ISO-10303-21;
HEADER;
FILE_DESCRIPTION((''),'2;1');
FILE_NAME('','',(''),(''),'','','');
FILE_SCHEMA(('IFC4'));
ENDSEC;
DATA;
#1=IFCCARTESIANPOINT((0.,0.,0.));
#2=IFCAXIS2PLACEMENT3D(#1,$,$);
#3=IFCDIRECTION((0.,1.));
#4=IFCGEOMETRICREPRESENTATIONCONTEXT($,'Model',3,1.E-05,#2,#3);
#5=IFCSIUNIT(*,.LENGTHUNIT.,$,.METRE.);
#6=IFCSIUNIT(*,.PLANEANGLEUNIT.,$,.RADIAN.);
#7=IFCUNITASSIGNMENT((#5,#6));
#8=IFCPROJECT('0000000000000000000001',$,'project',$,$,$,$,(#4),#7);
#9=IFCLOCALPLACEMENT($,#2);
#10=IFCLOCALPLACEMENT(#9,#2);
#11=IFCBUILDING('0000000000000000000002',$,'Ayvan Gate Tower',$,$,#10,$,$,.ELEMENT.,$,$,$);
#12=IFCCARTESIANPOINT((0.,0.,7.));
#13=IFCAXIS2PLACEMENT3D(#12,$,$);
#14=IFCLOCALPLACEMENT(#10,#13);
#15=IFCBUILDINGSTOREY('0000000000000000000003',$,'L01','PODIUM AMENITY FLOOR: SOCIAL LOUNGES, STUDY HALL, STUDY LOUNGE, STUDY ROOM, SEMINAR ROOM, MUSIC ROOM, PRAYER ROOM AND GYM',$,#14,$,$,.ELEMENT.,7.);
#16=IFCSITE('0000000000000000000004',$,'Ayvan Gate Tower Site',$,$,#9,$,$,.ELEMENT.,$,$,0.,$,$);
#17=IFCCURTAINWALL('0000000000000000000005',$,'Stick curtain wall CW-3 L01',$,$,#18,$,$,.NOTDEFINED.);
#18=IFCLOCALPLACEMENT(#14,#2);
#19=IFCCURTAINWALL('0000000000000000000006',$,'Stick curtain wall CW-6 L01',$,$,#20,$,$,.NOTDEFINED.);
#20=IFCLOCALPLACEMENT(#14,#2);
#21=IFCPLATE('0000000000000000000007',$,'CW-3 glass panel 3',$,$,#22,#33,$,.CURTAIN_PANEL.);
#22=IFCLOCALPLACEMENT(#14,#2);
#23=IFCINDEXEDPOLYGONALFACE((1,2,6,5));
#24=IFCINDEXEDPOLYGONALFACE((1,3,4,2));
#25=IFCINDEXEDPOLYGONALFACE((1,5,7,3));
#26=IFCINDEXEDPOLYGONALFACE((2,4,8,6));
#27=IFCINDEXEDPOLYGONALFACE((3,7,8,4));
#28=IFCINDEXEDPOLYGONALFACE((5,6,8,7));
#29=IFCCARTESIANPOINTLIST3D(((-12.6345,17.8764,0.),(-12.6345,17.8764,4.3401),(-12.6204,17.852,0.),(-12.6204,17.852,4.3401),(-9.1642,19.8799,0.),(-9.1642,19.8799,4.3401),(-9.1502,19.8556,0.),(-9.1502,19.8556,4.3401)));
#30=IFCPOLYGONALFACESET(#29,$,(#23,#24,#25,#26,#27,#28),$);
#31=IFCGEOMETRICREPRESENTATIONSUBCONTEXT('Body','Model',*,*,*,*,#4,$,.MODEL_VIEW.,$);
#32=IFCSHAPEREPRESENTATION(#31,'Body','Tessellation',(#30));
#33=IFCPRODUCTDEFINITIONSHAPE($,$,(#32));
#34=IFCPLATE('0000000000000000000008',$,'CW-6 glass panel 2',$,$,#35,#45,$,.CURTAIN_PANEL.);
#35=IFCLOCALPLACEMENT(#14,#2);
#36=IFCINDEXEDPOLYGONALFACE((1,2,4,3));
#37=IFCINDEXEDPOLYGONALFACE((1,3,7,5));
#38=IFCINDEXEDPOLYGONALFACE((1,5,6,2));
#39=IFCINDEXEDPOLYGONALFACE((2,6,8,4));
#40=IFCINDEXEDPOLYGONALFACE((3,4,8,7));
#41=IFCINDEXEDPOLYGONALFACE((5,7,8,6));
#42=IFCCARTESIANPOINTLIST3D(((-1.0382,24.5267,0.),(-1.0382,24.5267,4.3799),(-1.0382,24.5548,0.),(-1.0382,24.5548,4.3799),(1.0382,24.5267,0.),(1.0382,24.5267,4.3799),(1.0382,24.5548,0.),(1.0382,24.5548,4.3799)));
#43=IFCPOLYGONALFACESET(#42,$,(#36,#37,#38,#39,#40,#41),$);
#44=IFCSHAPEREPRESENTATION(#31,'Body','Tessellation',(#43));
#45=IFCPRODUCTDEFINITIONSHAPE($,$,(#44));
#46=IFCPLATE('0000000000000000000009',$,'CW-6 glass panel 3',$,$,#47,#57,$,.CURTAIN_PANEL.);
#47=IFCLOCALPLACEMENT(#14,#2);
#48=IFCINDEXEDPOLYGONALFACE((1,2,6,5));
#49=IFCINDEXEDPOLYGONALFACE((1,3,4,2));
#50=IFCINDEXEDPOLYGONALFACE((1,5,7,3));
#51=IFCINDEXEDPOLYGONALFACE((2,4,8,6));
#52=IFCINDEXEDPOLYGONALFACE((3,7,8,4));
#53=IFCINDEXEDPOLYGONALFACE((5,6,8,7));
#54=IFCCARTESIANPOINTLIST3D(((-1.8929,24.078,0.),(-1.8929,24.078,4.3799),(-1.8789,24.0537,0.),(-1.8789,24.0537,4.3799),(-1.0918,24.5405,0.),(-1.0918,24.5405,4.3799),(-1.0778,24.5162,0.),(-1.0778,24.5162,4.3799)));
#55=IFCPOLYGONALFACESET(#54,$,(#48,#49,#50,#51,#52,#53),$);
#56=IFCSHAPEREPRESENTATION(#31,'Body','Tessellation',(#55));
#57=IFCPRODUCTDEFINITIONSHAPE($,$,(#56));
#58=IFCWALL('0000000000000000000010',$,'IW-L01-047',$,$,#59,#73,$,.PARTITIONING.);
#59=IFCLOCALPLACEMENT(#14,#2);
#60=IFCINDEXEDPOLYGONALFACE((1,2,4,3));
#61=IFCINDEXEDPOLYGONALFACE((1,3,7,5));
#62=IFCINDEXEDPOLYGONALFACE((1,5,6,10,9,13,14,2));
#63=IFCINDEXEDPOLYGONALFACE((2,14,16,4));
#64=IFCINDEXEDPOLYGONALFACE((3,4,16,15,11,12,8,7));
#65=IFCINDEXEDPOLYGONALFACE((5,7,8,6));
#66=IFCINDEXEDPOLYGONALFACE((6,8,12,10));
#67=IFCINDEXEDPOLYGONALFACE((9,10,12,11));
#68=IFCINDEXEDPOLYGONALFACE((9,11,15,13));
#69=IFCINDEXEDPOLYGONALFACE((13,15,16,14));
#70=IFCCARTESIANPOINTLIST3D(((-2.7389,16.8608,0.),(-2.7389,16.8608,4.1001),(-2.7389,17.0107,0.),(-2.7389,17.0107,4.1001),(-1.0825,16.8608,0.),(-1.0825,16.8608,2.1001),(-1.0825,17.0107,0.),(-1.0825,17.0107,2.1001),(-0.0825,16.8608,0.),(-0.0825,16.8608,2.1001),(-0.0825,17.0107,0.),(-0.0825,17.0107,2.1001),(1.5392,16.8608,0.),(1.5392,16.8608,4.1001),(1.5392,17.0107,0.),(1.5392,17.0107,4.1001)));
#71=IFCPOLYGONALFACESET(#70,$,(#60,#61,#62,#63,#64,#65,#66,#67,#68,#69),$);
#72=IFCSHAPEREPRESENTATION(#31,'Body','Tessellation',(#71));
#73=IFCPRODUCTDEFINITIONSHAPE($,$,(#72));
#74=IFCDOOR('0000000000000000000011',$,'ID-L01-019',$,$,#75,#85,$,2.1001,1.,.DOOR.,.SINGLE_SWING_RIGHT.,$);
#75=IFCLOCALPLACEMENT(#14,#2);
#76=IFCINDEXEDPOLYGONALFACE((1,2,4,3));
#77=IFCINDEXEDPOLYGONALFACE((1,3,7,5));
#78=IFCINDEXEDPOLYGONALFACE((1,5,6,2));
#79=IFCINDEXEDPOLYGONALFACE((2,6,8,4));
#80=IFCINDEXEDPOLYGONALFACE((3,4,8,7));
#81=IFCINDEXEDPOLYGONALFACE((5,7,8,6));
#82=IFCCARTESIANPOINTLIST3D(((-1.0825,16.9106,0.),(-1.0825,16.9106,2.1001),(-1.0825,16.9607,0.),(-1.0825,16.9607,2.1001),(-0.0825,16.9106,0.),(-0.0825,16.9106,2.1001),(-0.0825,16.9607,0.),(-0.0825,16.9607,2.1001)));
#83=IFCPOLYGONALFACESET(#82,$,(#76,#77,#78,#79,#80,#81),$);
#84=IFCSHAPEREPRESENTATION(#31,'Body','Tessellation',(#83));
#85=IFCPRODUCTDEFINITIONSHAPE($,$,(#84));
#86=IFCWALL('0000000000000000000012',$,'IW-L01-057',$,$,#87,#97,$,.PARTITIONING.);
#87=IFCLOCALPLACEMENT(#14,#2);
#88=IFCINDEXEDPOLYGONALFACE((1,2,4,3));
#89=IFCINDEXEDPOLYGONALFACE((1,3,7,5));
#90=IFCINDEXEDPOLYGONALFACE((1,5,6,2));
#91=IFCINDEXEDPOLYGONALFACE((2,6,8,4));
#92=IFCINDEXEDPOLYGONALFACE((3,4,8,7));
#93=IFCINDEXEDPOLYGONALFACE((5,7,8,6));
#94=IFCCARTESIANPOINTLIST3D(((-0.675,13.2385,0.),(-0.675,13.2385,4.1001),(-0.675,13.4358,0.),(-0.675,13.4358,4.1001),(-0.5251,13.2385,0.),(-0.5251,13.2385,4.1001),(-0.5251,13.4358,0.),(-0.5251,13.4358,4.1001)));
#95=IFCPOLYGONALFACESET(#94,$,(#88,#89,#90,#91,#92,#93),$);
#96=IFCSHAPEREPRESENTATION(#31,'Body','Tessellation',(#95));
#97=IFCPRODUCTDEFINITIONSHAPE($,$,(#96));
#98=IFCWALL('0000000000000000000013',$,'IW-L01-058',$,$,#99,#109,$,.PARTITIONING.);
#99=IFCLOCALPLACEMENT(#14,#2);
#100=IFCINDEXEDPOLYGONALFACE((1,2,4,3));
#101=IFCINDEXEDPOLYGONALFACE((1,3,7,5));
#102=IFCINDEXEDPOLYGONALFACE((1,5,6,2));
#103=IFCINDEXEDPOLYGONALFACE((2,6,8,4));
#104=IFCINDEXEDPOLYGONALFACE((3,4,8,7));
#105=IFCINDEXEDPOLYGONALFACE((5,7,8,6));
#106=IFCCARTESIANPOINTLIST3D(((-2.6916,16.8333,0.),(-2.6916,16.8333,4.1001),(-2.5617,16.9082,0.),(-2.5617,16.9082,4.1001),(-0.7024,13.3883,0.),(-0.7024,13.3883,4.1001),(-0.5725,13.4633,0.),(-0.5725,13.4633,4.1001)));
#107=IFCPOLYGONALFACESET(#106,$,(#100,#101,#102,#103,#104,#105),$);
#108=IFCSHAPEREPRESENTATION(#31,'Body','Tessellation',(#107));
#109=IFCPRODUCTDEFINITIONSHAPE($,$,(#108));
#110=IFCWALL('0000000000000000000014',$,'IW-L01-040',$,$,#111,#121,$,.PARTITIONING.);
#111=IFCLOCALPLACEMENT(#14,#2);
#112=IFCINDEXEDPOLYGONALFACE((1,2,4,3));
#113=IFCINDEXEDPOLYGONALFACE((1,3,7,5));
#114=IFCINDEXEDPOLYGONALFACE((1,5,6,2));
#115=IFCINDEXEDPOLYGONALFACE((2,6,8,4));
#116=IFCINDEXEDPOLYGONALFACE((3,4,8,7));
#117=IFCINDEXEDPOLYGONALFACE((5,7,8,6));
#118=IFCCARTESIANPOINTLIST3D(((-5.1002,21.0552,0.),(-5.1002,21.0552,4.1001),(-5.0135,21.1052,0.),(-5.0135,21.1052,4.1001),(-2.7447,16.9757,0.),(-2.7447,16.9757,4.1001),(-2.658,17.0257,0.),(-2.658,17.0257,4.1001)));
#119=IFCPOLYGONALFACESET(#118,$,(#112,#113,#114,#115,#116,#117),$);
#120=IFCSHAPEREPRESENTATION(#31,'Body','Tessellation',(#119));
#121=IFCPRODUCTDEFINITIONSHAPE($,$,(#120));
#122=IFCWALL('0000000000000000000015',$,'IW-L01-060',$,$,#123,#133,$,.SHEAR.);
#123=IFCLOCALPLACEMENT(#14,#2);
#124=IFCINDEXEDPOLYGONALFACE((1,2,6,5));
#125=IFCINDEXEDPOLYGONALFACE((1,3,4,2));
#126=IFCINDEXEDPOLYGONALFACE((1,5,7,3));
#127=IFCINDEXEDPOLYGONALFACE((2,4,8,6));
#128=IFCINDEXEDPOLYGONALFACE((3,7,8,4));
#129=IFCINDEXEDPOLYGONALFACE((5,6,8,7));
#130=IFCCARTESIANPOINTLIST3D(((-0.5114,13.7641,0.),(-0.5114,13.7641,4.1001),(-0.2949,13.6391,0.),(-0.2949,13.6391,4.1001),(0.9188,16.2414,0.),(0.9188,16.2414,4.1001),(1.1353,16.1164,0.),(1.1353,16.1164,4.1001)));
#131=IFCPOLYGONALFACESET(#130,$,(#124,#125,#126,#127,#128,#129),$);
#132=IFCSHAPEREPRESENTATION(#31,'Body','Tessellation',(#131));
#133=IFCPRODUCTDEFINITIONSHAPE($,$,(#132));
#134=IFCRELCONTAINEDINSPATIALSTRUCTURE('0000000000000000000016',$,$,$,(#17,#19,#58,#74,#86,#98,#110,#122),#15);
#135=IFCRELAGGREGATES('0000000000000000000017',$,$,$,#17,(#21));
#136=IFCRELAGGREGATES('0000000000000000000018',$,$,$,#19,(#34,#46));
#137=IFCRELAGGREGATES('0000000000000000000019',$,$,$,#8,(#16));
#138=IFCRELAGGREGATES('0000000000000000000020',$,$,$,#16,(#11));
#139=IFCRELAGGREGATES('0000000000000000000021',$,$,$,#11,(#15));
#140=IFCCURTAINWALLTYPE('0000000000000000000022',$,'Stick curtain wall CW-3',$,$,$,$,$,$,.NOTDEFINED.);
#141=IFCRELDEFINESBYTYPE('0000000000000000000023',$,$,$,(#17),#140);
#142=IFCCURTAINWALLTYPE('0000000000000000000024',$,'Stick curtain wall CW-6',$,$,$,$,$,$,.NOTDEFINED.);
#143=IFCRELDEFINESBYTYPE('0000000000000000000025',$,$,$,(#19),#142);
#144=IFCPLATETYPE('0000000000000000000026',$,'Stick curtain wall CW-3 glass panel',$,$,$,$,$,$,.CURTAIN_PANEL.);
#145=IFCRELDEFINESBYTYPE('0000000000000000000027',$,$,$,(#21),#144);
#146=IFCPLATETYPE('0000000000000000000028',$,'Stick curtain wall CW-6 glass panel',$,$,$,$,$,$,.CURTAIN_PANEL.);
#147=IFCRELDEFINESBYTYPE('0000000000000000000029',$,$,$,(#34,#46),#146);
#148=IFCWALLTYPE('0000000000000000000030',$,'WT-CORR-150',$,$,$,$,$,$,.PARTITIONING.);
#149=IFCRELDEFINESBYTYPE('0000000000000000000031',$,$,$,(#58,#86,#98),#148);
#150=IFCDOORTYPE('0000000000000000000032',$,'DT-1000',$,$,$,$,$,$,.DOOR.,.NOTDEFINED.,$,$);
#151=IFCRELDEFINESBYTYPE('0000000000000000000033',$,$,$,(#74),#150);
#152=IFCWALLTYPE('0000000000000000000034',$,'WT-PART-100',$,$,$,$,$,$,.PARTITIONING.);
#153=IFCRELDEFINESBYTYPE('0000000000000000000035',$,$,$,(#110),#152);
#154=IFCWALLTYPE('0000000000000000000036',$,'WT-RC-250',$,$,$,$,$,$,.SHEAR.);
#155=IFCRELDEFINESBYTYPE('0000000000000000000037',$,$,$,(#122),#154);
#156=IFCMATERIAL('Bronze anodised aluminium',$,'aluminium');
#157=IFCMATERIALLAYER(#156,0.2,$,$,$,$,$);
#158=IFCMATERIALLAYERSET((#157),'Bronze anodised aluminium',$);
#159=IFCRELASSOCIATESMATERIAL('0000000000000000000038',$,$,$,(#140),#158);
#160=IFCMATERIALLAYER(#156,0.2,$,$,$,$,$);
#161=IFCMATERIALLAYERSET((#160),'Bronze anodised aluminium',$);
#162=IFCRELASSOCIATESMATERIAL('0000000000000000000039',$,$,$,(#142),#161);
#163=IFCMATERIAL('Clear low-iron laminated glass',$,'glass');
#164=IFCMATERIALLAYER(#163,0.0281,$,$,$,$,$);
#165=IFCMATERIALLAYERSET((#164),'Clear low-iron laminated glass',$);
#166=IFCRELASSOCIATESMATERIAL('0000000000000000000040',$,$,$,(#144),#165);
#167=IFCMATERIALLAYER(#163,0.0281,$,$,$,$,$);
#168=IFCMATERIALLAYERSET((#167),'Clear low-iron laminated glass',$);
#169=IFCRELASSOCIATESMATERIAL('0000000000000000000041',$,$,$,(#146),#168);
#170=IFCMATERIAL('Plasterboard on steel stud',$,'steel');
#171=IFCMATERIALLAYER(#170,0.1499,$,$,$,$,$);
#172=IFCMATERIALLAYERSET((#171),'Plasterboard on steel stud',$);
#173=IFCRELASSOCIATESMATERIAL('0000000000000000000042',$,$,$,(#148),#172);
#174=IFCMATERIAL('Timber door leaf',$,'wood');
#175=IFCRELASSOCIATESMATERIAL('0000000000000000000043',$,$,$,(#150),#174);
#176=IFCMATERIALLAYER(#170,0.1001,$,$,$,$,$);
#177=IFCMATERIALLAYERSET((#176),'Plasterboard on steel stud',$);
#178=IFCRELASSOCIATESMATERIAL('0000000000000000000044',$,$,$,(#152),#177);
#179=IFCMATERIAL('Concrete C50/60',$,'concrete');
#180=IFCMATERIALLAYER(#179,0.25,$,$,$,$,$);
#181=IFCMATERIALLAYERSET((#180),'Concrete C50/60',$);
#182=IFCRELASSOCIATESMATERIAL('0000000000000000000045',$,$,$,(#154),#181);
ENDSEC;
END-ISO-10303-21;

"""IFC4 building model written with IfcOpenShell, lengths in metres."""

from ifc_helpers import new_model, si_unit, direction, frame, frame_2d, origin, origin_2d, place, context, subcontext, project, spatial, rectangle, extrude, material, layer, layer_set, type_object, element, fill, aggregate, save


model = new_model("IFC4")

# Units and contexts
model_context = context("Model", 3, precision=1e-05, world=origin(), true_north=direction((0.0, 1.0)))
body_context = subcontext(model_context, "Body", "Model", "MODEL_VIEW")
ifc_project = project(units=[si_unit("LENGTHUNIT", "METRE"), si_unit("PLANEANGLEUNIT", "RADIAN")], contexts=[model_context])

# Site, building, storey
site_placement = place(None, origin())
site = spatial("IfcSite", under=ifc_project, at=site_placement, Name="Ayvan Gate Tower Site", CompositionType="ELEMENT", RefElevation=0.0)
building_placement = place(site_placement, origin())
building = spatial("IfcBuilding", under=site, at=building_placement, Name="Ayvan Gate Tower", CompositionType="ELEMENT")
storey_placement = place(building_placement, frame((0.0, 0.0, 7.0)))
storey = spatial("IfcBuildingStorey", under=building, at=storey_placement, Name="L01", Description="PODIUM AMENITY FLOOR: SOCIAL LOUNGES, STUDY HALL, STUDY LOUNGE, STUDY ROOM, SEMINAR ROOM, MUSIC ROOM, PRAYER ROOM AND GYM", CompositionType="ELEMENT", Elevation=7.0)

# Curtain walls
ifc_material_1 = material(Name="Bronze anodised aluminium", Category="aluminium")
ifc_layer_1 = layer(ifc_material_1, 0.2)
ifc_layer_set_1 = layer_set([ifc_layer_1], Name="Bronze anodised aluminium")
curtain_wall_type_1 = type_object("IfcCurtainWallType", Name="Stick curtain wall CW-3", PredefinedType="NOTDEFINED", material=ifc_layer_set_1)
curtain_wall_1_placement = place(storey_placement, origin())
curtain_wall_1 = element("IfcCurtainWall", 1, at=curtain_wall_1_placement, inside=storey, type_object=curtain_wall_type_1, Name="Stick curtain wall CW-3 L01", PredefinedType="NOTDEFINED")
ifc_layer_2 = layer(ifc_material_1, 0.2)
ifc_layer_set_2 = layer_set([ifc_layer_2], Name="Bronze anodised aluminium")
curtain_wall_type_2 = type_object("IfcCurtainWallType", Name="Stick curtain wall CW-6", PredefinedType="NOTDEFINED", material=ifc_layer_set_2)
curtain_wall_2_placement = place(storey_placement, origin())
curtain_wall_2 = element("IfcCurtainWall", 2, at=curtain_wall_2_placement, inside=storey, type_object=curtain_wall_type_2, Name="Stick curtain wall CW-6 L01", PredefinedType="NOTDEFINED")

# Plates
ifc_material_2 = material(Name="Clear low-iron laminated glass", Category="glass")
ifc_layer_3 = layer(ifc_material_2, 0.0281)
ifc_layer_set_3 = layer_set([ifc_layer_3], Name="Clear low-iron laminated glass")
plate_type_1 = type_object("IfcPlateType", Name="Stick curtain wall CW-3 glass panel", PredefinedType="CURTAIN_PANEL", material=ifc_layer_set_3)
plate_1_placement = place(storey_placement, frame((-10.8923, 18.866, 0.0), z_axis=(0.0, 0.0, 1.0), x_axis=(-0.866025, -0.5, 0.0)))
plate_1 = element("IfcPlate", 3, at=plate_1_placement, type_object=plate_type_1, Name="CW-3 glass panel 3", PredefinedType="CURTAIN_PANEL", context=body_context, shape_type="SweptSolid", body=[
    extrude(rectangle(XDim=4.0071, YDim=0.0281, at=origin_2d()), origin(), (0.0, 0.0, 1.0), 4.3401),
])
aggregate(curtain_wall_1, [plate_1])
ifc_layer_4 = layer(ifc_material_2, 0.0281)
ifc_layer_set_4 = layer_set([ifc_layer_4], Name="Clear low-iron laminated glass")
plate_type_2 = type_object("IfcPlateType", Name="Stick curtain wall CW-6 glass panel", PredefinedType="CURTAIN_PANEL", material=ifc_layer_set_4)
plate_2_placement = place(storey_placement, frame((0.0, 24.5408, 0.0), z_axis=(0.0, 0.0, 1.0), x_axis=(-1.0, 0.0, 0.0)))
plate_2 = element("IfcPlate", 4, at=plate_2_placement, type_object=plate_type_2, Name="CW-6 glass panel 2", PredefinedType="CURTAIN_PANEL", context=body_context, shape_type="SweptSolid", body=[
    extrude(rectangle(XDim=2.0764, YDim=0.0281, at=origin_2d()), origin(), (0.0, 0.0, 1.0), 4.3799),
])
plate_3_placement = place(storey_placement, frame((-1.4854, 24.2971, 0.0), z_axis=(0.0, 0.0, 1.0), x_axis=(-0.866025, -0.5, 0.0)))
plate_3 = element("IfcPlate", 5, at=plate_3_placement, type_object=plate_type_2, Name="CW-6 glass panel 3", PredefinedType="CURTAIN_PANEL", context=body_context, shape_type="SweptSolid", body=[
    extrude(rectangle(XDim=0.925, YDim=0.0281, at=origin_2d()), origin(), (0.0, 0.0, 1.0), 4.3799),
])
aggregate(curtain_wall_2, [plate_2, plate_3])

# Wall, opening, door
ifc_material_3 = material(Name="Plasterboard on steel stud", Category="steel")
ifc_layer_5 = layer(ifc_material_3, 0.1499)
ifc_layer_set_5 = layer_set([ifc_layer_5], Name="Plasterboard on steel stud")
wall_type_1 = type_object("IfcWallType", Name="WT-CORR-150", PredefinedType="PARTITIONING", material=ifc_layer_set_5)
wall_1_placement = place(storey_placement, frame((-2.739, 16.9358, 0.0), z_axis=(0.0, 0.0, 1.0), x_axis=(1.0, 0.0, 0.0)))
wall_1 = element("IfcWall", 6, at=wall_1_placement, inside=storey, type_object=wall_type_1, Name="IW-L01-047", PredefinedType="PARTITIONING", context=body_context, shape_type="SweptSolid", body=[
    extrude(rectangle(XDim=4.2781, YDim=0.1499, at=frame_2d((2.1392, 0.0))), origin(), (0.0, 0.0, 1.0), 4.1001),
])
opening_placement = place(wall_1_placement, frame((1.6565, 0.0, 0.0)))
opening = element("IfcOpeningElement", 7, at=opening_placement, cuts=wall_1, PredefinedType="OPENING", context=body_context, shape_type="SweptSolid", body=[
    extrude(rectangle(XDim=1.0, YDim=2.1001, at=frame_2d((0.5, 1.05))), frame((0.0, 0.085, 0.0), z_axis=(0.0, -1.0, 0.0), x_axis=(1.0, 0.0, 0.0)), (0.0, 0.0, 1.0), 0.1699),
])
ifc_material_4 = material(Name="Timber door leaf", Category="wood")
door_type = type_object("IfcDoorType", Name="DT-1000", OperationType="NOTDEFINED", PredefinedType="DOOR", material=ifc_material_4)
door_placement = place(opening_placement, origin())
door = element("IfcDoor", 8, at=door_placement, inside=storey, type_object=door_type, Name="ID-L01-019", OperationType="SINGLE_SWING_RIGHT", OverallHeight=2.1001, OverallWidth=1.0, PredefinedType="DOOR", context=body_context, shape_type="SweptSolid", body=[
    extrude(rectangle(XDim=1.0, YDim=2.1001, at=frame_2d((0.5, 1.05))), frame((0.0, 0.0249, 0.0), z_axis=(0.0, -1.0, 0.0), x_axis=(1.0, 0.0, 0.0)), (0.0, 0.0, 1.0), 0.05),
])
fill(opening, door)

# Walls
wall_2_placement = place(storey_placement, frame((-0.6001, 13.2385, 0.0), z_axis=(0.0, 0.0, 1.0), x_axis=(0.0, 1.0, 0.0)))
element("IfcWall", 9, at=wall_2_placement, inside=storey, type_object=wall_type_1, Name="IW-L01-057", PredefinedType="PARTITIONING", context=body_context, shape_type="SweptSolid", body=[
    extrude(rectangle(XDim=0.1973, YDim=0.1499, at=frame_2d((0.0986, 0.0))), origin(), (0.0, 0.0, 1.0), 4.1001),
])
wall_3_placement = place(storey_placement, frame((-0.6375, 13.4258, 0.0), z_axis=(0.0, 0.0, 1.0), x_axis=(-0.500047, 0.865999, 0.0)))
element("IfcWall", 10, at=wall_3_placement, inside=storey, type_object=wall_type_1, Name="IW-L01-058", PredefinedType="PARTITIONING", context=body_context, shape_type="SweptSolid", body=[
    extrude(rectangle(XDim=3.978, YDim=0.1499, at=frame_2d((1.989, 0.0))), origin(), (0.0, 0.0, 1.0), 4.1001),
])
ifc_layer_6 = layer(ifc_material_3, 0.1001)
ifc_layer_set_6 = layer_set([ifc_layer_6], Name="Plasterboard on steel stud")
wall_type_2 = type_object("IfcWallType", Name="WT-PART-100", PredefinedType="PARTITIONING", material=ifc_layer_set_6)
wall_4_placement = place(storey_placement, frame((-5.0569, 21.0803, 0.0), z_axis=(0.0, 0.0, 1.0), x_axis=(0.500019, -0.866015, 0.0)))
element("IfcWall", 11, at=wall_4_placement, inside=storey, type_object=wall_type_2, Name="IW-L01-040", PredefinedType="PARTITIONING", context=body_context, shape_type="SweptSolid", body=[
    extrude(rectangle(XDim=4.7107, YDim=0.1001, at=frame_2d((2.3555, 0.0))), origin(), (0.0, 0.0, 1.0), 4.1001),
])
ifc_material_5 = material(Name="Concrete C50/60", Category="concrete")
ifc_layer_7 = layer(ifc_material_5, 0.25)
ifc_layer_set_7 = layer_set([ifc_layer_7], Name="Concrete C50/60")
wall_type_3 = type_object("IfcWallType", Name="WT-RC-250", PredefinedType="SHEAR", material=ifc_layer_set_7)
wall_5_placement = place(storey_placement, frame((-0.4031, 13.7017, 0.0), z_axis=(0.0, 0.0, 1.0), x_axis=(0.499976, 0.866039, 0.0)))
element("IfcWall", 12, at=wall_5_placement, inside=storey, type_object=wall_type_3, Name="IW-L01-060", PredefinedType="SHEAR", context=body_context, shape_type="SweptSolid", body=[
    extrude(rectangle(XDim=2.8606, YDim=0.25, at=frame_2d((1.4302, 0.0))), origin(), (0.0, 0.0, 1.0), 4.1001),
])

save(model, "model.ifc")
